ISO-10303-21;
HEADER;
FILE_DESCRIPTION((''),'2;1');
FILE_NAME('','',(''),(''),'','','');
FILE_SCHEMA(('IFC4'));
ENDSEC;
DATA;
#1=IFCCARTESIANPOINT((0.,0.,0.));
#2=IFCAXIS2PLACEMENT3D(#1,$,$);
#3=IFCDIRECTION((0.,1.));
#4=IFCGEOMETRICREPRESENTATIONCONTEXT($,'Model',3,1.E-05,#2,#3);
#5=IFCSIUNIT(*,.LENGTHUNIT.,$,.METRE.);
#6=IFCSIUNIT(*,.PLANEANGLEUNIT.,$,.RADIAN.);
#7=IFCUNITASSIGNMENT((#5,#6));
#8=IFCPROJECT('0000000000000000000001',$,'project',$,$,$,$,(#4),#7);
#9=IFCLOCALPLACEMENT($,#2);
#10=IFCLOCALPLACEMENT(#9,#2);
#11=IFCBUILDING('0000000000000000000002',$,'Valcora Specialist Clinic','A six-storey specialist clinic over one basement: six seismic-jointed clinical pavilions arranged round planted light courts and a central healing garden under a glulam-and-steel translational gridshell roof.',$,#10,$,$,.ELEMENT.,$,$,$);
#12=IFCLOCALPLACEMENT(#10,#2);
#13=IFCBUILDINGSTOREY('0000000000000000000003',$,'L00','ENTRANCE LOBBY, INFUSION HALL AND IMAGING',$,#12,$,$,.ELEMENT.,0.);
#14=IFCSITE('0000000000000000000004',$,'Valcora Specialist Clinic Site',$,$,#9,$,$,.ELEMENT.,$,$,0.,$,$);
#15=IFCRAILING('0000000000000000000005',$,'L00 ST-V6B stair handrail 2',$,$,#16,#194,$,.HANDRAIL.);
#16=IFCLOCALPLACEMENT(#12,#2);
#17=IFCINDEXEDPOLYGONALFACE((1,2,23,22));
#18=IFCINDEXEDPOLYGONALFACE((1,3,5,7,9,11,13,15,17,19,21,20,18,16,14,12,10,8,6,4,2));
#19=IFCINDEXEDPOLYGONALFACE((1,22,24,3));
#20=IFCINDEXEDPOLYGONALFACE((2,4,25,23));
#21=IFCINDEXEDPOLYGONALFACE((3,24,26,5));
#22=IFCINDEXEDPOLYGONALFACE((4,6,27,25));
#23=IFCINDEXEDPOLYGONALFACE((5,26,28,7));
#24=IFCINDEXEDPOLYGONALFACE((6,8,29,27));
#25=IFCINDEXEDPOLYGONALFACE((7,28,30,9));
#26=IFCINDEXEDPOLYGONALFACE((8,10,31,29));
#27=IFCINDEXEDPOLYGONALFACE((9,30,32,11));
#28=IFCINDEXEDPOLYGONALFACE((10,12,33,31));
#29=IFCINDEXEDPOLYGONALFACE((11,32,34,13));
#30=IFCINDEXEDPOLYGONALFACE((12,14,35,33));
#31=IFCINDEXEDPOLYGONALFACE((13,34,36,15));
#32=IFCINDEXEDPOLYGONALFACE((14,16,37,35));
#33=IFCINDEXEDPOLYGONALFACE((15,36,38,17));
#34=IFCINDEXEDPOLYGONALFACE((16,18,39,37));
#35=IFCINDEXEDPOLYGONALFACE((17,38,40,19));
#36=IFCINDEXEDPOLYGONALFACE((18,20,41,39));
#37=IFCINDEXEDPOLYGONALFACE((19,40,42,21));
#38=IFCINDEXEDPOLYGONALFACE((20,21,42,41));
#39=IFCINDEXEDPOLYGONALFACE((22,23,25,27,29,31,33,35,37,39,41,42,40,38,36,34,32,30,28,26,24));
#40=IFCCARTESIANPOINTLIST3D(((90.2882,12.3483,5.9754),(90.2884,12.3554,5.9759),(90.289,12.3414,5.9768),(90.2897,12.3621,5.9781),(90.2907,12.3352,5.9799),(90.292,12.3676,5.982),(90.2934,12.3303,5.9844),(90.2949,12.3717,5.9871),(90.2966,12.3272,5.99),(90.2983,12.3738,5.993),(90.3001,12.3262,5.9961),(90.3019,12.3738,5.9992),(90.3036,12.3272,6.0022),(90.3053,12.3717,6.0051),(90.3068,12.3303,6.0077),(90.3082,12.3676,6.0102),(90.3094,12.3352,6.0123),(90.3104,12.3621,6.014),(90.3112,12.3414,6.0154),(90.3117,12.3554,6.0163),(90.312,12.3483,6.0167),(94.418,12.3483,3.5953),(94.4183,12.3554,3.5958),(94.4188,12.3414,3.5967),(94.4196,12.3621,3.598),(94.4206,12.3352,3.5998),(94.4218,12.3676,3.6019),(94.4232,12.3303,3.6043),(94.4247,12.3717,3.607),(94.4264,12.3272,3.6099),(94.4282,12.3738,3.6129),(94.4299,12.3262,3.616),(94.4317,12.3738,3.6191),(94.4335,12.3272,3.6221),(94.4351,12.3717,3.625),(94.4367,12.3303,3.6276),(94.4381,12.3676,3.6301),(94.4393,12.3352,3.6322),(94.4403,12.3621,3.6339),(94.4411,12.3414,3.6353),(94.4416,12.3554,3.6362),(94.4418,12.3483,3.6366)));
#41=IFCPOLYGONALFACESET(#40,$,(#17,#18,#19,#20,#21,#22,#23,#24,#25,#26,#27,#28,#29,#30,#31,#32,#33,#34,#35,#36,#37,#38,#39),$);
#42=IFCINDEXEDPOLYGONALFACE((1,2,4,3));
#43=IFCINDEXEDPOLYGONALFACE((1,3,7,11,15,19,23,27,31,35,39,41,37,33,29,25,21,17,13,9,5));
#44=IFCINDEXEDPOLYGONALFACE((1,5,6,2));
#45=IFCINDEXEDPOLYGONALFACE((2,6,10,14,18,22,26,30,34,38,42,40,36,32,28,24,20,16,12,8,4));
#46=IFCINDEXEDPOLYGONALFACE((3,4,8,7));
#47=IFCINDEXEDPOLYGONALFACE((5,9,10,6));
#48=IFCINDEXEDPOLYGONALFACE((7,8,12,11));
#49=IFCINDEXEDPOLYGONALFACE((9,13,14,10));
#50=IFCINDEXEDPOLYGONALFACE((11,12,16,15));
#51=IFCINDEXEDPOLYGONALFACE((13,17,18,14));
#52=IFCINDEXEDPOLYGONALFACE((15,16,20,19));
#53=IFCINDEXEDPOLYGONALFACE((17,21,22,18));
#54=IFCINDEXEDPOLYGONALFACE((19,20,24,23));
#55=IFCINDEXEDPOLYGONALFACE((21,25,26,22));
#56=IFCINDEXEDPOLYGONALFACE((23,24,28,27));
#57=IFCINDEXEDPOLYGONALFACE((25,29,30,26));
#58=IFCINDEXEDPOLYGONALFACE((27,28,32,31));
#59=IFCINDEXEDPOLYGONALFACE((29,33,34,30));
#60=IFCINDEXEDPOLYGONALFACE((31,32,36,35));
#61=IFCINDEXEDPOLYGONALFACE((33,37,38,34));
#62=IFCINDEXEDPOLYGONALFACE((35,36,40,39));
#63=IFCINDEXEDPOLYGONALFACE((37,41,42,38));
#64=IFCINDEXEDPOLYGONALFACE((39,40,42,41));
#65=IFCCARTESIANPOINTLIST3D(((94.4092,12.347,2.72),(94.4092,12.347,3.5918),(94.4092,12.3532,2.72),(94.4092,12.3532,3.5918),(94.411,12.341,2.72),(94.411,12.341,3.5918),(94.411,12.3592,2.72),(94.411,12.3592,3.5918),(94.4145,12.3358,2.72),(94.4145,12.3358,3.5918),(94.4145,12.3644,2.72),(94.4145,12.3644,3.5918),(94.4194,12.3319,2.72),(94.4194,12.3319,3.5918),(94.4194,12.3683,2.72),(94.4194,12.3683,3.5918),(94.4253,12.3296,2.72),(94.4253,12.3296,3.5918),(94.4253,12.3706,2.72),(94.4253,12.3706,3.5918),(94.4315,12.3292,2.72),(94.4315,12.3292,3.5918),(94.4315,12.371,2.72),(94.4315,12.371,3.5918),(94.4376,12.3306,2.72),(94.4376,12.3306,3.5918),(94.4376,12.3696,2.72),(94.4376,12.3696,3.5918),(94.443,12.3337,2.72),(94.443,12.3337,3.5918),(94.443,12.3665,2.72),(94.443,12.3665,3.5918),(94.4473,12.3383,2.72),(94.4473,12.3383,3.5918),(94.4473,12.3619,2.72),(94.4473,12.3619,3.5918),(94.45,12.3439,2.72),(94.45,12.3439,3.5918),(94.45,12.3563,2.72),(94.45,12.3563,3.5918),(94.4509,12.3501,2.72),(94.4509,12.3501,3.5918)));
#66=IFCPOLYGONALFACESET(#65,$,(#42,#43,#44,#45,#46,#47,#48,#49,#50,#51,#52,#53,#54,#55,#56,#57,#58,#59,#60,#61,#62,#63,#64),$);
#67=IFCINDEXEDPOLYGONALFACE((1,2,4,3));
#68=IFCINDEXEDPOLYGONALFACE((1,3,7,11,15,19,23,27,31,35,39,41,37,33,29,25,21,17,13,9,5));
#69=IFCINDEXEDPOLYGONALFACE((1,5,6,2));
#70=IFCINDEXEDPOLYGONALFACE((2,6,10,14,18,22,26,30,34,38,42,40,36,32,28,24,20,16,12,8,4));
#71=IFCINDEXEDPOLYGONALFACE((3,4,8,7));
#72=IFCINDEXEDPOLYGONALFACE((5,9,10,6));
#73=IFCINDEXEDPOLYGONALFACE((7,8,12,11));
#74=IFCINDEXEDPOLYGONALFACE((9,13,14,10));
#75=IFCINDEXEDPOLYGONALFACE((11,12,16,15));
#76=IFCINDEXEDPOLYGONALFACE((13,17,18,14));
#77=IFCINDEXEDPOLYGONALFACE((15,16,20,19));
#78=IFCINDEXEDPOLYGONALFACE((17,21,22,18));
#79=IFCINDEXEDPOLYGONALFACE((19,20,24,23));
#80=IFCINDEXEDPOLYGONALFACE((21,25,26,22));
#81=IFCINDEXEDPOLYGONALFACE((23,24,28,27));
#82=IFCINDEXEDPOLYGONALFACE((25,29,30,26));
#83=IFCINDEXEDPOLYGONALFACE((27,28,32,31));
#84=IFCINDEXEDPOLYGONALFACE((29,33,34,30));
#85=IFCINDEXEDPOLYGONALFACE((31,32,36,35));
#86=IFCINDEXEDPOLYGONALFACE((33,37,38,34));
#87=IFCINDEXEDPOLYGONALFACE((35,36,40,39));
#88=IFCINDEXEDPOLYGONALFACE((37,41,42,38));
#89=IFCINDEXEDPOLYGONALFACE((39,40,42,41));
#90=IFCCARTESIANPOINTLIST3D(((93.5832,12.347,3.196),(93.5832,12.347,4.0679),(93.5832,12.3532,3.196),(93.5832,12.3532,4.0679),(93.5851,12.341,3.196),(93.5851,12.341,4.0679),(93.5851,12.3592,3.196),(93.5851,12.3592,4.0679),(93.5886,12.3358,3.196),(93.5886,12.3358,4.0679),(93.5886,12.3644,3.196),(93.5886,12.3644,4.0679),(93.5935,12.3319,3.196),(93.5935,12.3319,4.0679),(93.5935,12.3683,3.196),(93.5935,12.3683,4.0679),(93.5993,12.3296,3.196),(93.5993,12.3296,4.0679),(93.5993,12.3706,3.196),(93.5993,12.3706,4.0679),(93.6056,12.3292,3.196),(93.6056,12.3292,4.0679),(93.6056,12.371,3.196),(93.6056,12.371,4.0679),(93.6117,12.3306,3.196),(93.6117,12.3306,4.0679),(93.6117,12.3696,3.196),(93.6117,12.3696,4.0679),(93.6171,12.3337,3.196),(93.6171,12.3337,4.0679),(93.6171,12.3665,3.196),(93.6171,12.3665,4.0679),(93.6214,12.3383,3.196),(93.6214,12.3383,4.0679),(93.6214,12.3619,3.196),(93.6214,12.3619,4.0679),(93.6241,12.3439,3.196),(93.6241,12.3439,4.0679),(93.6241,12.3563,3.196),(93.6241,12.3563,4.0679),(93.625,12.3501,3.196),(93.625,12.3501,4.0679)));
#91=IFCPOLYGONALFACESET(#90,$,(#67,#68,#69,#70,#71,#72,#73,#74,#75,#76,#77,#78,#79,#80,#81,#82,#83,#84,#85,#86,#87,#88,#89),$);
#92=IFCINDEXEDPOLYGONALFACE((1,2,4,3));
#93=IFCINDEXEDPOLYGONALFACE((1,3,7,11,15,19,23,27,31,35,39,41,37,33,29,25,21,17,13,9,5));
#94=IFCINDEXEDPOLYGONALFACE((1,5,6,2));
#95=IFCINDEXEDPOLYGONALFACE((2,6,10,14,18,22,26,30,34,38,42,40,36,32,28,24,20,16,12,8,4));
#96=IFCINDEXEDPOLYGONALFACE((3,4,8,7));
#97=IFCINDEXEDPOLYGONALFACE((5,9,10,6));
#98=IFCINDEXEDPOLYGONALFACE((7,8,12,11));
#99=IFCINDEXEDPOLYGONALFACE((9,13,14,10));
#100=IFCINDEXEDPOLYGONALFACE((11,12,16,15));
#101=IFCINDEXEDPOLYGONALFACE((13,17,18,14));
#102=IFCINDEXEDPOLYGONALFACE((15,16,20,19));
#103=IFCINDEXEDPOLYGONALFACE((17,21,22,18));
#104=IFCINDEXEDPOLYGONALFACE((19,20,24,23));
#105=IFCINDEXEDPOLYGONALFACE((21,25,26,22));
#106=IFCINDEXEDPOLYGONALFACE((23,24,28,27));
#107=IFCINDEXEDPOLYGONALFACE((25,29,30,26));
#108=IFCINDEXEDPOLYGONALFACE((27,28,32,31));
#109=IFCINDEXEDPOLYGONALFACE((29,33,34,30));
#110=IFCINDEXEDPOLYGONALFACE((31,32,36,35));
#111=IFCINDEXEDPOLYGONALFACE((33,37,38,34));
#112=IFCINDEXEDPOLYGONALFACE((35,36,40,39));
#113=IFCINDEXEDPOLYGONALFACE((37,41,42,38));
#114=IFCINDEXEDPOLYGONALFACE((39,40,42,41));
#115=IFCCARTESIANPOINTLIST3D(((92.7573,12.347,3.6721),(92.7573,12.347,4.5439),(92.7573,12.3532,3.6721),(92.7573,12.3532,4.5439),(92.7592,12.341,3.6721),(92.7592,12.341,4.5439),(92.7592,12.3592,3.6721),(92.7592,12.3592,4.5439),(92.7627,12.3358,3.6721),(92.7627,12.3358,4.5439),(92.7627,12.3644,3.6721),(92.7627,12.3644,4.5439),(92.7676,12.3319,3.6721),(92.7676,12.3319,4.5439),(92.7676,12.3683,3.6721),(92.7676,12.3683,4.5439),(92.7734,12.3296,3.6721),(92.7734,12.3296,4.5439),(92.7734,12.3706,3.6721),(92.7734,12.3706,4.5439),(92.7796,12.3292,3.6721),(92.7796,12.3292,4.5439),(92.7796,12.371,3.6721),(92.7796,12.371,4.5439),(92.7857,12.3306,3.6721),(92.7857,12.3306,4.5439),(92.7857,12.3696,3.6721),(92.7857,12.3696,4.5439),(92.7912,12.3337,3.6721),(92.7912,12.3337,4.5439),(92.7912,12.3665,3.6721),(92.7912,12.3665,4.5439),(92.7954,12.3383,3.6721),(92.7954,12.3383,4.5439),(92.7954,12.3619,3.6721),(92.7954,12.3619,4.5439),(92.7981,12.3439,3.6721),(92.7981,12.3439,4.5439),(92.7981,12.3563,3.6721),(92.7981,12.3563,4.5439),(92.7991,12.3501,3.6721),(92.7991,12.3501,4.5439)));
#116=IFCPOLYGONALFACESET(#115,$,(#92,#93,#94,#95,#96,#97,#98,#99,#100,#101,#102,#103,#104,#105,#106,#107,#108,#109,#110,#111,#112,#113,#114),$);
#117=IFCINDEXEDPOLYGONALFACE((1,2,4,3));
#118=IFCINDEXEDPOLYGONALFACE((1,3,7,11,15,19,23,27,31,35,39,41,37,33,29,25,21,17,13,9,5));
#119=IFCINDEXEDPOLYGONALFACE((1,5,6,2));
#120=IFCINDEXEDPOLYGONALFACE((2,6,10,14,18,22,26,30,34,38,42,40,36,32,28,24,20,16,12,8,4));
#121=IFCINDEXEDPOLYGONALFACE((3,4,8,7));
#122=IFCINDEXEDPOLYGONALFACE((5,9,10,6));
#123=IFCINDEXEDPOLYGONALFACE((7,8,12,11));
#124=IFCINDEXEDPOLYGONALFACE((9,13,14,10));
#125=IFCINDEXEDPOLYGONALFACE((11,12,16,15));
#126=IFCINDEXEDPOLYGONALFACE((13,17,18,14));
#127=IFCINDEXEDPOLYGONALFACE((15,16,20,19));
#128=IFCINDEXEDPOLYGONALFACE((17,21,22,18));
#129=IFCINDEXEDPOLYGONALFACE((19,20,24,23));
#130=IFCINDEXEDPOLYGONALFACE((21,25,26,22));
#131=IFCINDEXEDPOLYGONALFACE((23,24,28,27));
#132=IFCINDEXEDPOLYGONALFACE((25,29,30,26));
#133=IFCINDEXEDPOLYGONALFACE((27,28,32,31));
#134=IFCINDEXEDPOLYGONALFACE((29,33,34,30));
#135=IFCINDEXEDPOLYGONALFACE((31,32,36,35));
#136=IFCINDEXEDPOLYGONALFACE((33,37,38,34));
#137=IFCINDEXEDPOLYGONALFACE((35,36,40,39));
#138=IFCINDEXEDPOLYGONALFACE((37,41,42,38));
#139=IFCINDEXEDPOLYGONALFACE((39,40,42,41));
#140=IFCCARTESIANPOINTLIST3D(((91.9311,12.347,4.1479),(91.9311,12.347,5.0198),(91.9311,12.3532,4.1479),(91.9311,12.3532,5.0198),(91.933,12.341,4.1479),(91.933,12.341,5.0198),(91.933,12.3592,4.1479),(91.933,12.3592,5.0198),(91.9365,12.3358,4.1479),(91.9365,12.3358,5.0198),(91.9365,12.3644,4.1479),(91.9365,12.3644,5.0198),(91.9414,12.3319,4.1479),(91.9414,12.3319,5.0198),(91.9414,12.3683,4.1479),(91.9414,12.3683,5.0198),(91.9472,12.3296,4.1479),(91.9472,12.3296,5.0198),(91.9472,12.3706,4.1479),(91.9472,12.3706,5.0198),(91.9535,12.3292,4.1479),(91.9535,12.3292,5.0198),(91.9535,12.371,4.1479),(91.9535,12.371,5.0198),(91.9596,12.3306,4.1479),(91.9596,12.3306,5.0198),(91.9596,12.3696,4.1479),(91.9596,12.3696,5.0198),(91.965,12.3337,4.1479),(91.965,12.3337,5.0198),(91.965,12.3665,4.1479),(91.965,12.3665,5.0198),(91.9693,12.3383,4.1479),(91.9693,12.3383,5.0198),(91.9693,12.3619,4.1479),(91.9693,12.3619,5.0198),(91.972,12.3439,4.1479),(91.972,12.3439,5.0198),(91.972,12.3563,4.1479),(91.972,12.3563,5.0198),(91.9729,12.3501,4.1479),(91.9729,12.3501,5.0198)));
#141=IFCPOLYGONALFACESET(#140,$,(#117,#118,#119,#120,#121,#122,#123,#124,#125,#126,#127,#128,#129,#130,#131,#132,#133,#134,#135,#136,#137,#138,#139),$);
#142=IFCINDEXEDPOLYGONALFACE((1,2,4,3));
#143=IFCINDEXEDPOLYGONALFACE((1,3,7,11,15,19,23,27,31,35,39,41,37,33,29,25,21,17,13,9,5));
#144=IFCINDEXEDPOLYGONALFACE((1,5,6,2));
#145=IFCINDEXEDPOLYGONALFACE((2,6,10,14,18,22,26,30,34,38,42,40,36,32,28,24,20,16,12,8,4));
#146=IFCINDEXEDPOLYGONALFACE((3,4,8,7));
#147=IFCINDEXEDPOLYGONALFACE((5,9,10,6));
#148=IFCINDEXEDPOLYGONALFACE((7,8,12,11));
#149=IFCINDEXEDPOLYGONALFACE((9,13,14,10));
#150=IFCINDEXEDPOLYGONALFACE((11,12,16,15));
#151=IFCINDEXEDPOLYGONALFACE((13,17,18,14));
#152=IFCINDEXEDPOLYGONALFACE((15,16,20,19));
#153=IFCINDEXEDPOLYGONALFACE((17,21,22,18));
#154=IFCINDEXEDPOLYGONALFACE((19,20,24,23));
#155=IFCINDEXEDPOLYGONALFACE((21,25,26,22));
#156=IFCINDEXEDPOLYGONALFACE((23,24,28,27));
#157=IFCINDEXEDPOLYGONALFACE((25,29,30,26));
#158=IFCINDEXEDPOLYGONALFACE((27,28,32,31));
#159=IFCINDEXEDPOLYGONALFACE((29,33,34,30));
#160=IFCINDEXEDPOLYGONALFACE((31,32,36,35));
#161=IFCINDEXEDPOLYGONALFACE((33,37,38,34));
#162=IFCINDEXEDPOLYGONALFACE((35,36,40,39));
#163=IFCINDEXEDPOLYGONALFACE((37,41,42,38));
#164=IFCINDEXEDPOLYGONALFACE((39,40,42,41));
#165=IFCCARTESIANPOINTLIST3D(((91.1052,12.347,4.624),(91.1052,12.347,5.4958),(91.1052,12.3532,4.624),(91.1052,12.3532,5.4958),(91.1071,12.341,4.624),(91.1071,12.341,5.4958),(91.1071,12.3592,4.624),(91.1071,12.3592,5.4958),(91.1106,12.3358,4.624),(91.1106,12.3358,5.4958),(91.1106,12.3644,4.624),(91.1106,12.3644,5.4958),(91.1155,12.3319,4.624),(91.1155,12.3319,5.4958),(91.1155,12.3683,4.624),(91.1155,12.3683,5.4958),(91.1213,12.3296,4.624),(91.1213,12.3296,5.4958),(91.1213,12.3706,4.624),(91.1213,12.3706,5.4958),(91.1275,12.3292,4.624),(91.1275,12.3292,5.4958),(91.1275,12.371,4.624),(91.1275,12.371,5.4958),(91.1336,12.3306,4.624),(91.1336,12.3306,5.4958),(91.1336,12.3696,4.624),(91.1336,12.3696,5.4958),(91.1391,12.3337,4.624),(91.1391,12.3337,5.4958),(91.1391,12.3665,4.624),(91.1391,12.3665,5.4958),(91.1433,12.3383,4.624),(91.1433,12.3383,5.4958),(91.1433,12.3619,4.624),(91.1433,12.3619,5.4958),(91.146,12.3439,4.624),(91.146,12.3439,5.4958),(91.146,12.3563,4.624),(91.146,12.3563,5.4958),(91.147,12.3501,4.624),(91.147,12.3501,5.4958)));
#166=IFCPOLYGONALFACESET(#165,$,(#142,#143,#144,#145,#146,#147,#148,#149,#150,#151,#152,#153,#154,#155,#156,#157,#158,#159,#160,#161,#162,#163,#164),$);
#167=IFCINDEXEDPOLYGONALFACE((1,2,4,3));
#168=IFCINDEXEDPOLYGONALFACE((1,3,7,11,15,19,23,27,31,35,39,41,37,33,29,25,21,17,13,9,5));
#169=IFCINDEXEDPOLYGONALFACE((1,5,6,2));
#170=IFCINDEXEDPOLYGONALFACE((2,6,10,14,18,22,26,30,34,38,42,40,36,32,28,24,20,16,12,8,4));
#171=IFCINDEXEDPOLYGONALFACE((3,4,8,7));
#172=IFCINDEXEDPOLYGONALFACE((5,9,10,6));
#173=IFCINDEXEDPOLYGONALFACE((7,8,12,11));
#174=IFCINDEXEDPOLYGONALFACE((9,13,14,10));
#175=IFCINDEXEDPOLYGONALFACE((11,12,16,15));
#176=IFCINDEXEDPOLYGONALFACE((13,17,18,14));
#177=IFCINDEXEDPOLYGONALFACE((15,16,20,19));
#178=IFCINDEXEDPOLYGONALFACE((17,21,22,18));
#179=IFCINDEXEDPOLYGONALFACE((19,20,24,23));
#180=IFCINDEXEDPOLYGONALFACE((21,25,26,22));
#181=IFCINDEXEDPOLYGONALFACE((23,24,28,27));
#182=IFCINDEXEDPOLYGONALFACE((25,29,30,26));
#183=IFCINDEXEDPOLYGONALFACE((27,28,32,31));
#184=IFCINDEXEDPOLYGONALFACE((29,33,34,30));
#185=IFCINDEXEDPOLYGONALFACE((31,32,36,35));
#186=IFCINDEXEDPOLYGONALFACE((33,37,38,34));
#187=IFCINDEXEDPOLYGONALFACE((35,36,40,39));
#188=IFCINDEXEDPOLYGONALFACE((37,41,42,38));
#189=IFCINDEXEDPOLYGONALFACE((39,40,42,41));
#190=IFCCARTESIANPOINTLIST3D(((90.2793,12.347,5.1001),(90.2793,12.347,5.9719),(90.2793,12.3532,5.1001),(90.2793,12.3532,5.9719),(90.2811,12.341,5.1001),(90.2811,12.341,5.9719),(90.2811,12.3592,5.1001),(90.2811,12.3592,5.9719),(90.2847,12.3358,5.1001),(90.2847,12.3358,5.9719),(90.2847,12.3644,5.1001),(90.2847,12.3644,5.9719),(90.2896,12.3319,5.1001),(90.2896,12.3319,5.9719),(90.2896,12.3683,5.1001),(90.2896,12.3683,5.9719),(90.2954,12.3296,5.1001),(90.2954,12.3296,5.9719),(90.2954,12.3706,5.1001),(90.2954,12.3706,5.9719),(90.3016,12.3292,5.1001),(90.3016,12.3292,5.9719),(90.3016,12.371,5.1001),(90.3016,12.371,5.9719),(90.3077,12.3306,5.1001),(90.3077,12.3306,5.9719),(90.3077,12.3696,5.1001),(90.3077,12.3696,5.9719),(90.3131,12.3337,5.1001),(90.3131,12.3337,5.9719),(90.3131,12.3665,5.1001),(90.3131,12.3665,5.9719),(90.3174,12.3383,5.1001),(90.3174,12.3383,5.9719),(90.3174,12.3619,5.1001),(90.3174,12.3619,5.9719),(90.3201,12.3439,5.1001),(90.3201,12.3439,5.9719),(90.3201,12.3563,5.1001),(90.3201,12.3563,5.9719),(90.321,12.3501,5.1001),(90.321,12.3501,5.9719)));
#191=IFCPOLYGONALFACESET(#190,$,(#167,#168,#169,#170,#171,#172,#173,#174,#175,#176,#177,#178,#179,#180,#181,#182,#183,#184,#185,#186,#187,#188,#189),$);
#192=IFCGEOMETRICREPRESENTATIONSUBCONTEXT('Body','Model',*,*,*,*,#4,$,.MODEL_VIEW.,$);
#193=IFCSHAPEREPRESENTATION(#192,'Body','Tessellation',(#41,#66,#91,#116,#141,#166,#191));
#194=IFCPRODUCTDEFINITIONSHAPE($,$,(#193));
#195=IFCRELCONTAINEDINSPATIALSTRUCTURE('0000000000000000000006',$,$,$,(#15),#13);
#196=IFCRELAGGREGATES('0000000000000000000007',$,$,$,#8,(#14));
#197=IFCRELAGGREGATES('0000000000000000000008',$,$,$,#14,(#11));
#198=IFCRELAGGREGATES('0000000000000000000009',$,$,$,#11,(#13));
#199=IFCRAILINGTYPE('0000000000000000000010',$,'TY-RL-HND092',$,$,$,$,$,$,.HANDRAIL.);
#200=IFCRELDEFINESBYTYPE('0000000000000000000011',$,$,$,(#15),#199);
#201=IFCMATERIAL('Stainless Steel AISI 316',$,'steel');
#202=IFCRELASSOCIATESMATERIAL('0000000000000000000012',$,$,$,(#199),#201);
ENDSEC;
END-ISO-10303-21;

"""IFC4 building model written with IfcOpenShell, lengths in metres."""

from ifc_helpers import new_model, si_unit, direction, frame, origin, origin_2d, place, context, subcontext, project, spatial, circle, extrude, material, type_object, element, save


model = new_model("IFC4")

# Units and contexts
model_context = context("Model", 3, precision=1e-05, world=origin(), true_north=direction((0.0, 1.0)))
body_context = subcontext(model_context, "Body", "Model", "MODEL_VIEW")
ifc_project = project(units=[si_unit("LENGTHUNIT", "METRE"), si_unit("PLANEANGLEUNIT", "RADIAN")], contexts=[model_context])

# Site, building, storey
site_placement = place(None, origin())
site = spatial("IfcSite", under=ifc_project, at=site_placement, Name="Valcora Specialist Clinic Site", CompositionType="ELEMENT", RefElevation=0.0)
building_placement = place(site_placement, origin())
building = spatial("IfcBuilding", under=site, at=building_placement, Name="Valcora Specialist Clinic", Description="A six-storey specialist clinic over one basement: six seismic-jointed clinical pavilions arranged round planted light courts and a central healing garden under a glulam-and-steel translational gridshell roof.", CompositionType="ELEMENT")
storey_placement = place(building_placement, origin())
storey = spatial("IfcBuildingStorey", under=building, at=storey_placement, Name="L00", Description="ENTRANCE LOBBY, INFUSION HALL AND IMAGING", CompositionType="ELEMENT", Elevation=0.0)

# Shared definitions
ifc_material_1 = material(Name="Stainless Steel AISI 316", Category="steel")

# Railing
railing_type_1 = type_object("IfcRailingType", Name="TY-RL-HND092", PredefinedType="HANDRAIL", material=ifc_material_1)
railing_1_placement = place(storey_placement, frame((94.4299, 12.3501, 2.72)))
element("IfcRailing", 1, at=railing_1_placement, inside=storey, type_object=railing_type_1, Name="L00 ST-V6B stair handrail 2", PredefinedType="HANDRAIL", context=body_context, shape_type="SweptSolid", body=[
    extrude(circle(Radius=0.0239, at=origin_2d()), frame((0.0, 0.0, 0.896), z_axis=(-0.866412, 0.0, 0.499329), x_axis=(0.0, -1.0, 0.0)), (0.0, 0.0, 1.0), 4.7666),
    extrude(circle(Radius=0.021, at=origin_2d()), origin(), (0.0, 0.0, 1.0), 0.8718),
    extrude(circle(Radius=0.021, at=origin_2d()), frame((-0.8259, 0.0, 0.4761)), (0.0, 0.0, 1.0), 0.8718),
    extrude(circle(Radius=0.021, at=origin_2d()), frame((-1.6519, 0.0, 0.9521)), (0.0, 0.0, 1.0), 0.8718),
    extrude(circle(Radius=0.021, at=origin_2d()), frame((-2.478, 0.0, 1.428)), (0.0, 0.0, 1.0), 0.8718),
    extrude(circle(Radius=0.021, at=origin_2d()), frame((-3.304, 0.0, 1.9041)), (0.0, 0.0, 1.0), 0.8718),
    extrude(circle(Radius=0.021, at=origin_2d()), frame((-4.1299, 0.0, 2.3801)), (0.0, 0.0, 1.0), 0.8718),
])

save(model, "model.ifc")
